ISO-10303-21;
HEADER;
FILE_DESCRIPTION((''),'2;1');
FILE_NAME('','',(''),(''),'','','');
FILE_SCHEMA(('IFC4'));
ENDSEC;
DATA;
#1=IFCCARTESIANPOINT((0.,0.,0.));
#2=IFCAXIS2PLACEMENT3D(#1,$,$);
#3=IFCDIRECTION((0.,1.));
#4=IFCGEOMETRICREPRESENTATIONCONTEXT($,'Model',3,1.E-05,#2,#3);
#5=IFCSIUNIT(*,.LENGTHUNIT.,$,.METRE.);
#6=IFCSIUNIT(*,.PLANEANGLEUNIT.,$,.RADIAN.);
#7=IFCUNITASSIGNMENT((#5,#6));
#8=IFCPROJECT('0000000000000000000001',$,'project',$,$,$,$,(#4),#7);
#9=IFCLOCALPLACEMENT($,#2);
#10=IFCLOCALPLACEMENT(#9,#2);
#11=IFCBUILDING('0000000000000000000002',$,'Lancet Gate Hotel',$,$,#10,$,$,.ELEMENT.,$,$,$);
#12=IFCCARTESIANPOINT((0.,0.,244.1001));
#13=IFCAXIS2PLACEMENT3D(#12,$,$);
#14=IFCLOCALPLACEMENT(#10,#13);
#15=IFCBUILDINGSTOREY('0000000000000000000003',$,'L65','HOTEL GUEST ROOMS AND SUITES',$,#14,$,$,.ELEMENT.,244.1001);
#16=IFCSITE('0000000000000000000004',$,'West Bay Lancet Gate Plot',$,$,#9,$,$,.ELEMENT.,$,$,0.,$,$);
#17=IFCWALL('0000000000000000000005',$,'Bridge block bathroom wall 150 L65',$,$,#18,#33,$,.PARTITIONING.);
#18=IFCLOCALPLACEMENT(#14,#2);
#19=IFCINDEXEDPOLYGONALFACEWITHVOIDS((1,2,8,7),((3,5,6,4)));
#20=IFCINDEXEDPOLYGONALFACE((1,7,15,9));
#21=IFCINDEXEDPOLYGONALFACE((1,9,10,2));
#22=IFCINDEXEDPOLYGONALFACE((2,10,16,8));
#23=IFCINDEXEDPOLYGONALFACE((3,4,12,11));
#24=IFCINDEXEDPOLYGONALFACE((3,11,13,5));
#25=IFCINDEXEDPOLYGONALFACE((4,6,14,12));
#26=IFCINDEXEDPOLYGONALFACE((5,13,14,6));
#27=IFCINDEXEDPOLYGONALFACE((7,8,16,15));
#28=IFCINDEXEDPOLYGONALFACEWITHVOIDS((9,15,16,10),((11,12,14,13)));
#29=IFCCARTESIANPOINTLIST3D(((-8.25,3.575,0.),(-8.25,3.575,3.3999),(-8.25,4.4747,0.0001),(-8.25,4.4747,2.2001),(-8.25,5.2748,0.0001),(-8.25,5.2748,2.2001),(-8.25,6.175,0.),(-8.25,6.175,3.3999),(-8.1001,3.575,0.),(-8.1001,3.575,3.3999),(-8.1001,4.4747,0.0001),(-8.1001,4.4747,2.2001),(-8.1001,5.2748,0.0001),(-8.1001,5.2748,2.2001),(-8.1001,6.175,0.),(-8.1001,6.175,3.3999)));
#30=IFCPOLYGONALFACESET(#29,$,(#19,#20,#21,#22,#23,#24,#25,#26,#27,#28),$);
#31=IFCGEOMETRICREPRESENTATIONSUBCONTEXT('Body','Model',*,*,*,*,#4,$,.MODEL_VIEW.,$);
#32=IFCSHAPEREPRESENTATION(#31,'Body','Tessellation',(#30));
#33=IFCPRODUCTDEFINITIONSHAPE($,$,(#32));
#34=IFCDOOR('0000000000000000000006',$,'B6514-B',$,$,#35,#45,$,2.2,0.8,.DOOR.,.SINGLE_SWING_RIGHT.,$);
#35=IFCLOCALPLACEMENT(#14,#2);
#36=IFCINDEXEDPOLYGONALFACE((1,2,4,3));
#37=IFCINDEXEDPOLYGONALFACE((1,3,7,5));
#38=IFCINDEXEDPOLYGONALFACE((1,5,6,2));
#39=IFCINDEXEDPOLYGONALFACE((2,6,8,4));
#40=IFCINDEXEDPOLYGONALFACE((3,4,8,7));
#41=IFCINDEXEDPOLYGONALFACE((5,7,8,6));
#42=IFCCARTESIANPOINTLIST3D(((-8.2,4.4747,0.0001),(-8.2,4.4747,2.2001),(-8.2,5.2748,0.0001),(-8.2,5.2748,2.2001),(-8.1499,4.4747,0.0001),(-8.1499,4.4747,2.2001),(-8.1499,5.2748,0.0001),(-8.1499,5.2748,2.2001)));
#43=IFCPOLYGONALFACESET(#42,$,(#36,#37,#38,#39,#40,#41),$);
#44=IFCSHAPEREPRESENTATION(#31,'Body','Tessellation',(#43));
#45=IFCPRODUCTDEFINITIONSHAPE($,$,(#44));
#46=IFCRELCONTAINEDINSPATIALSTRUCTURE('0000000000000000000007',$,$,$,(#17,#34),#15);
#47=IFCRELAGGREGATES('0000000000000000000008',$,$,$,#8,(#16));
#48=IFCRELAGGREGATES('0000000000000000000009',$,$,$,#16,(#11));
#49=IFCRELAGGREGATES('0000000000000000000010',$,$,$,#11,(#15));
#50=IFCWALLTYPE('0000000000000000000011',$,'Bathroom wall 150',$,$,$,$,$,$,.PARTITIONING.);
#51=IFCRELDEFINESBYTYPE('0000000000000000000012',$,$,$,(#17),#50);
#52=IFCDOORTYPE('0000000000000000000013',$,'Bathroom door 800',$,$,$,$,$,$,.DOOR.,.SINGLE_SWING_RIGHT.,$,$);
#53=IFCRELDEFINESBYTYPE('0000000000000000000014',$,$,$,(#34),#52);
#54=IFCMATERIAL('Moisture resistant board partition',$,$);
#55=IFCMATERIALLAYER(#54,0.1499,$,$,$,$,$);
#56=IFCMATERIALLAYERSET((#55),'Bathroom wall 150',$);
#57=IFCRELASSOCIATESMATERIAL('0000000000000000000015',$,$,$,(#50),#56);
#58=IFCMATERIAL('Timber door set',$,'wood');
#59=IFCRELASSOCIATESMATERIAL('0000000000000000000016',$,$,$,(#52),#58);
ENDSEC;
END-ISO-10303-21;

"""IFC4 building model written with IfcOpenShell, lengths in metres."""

from ifc_helpers import new_model, si_unit, direction, frame, frame_2d, origin, place, context, subcontext, project, spatial, rectangle, extrude, material, layer, layer_set, type_object, element, fill, save


model = new_model("IFC4")

# Units and contexts
model_context = context("Model", 3, precision=1e-05, world=origin(), true_north=direction((0.0, 1.0)))
body_context = subcontext(model_context, "Body", "Model", "MODEL_VIEW")
ifc_project = project(units=[si_unit("LENGTHUNIT", "METRE"), si_unit("PLANEANGLEUNIT", "RADIAN")], contexts=[model_context])

# Site, building, storey
site_placement = place(None, origin())
site = spatial("IfcSite", under=ifc_project, at=site_placement, Name="West Bay Lancet Gate Plot", CompositionType="ELEMENT", RefElevation=0.0)
building_placement = place(site_placement, origin())
building = spatial("IfcBuilding", under=site, at=building_placement, Name="Lancet Gate Hotel", CompositionType="ELEMENT")
storey_placement = place(building_placement, frame((0.0, 0.0, 244.1001)))
storey = spatial("IfcBuildingStorey", under=building, at=storey_placement, Name="L65", Description="HOTEL GUEST ROOMS AND SUITES", CompositionType="ELEMENT", Elevation=244.1001)

# Wall, opening, door
ifc_material_1 = material(Name="Moisture resistant board partition")
ifc_layer_1 = layer(ifc_material_1, 0.1499)
ifc_layer_set_1 = layer_set([ifc_layer_1], Name="Bathroom wall 150")
wall_type = type_object("IfcWallType", Name="Bathroom wall 150", PredefinedType="PARTITIONING", material=ifc_layer_set_1)
wall_placement = place(storey_placement, frame((-8.175, 3.575, 0.0), z_axis=(0.0, 0.0, 1.0), x_axis=(0.0, 1.0, 0.0)))
wall = element("IfcWall", 1, at=wall_placement, inside=storey, type_object=wall_type, Name="Bridge block bathroom wall 150 L65", PredefinedType="PARTITIONING", context=body_context, shape_type="SweptSolid", body=[
    extrude(rectangle(XDim=2.6001, YDim=0.1499, at=frame_2d((1.3, 0.0))), origin(), (0.0, 0.0, 1.0), 3.3999),
])
opening_placement = place(wall_placement, frame((0.8999, 0.0, 0.0)))
opening = element("IfcOpeningElement", 2, at=opening_placement, cuts=wall, PredefinedType="OPENING", context=body_context, shape_type="SweptSolid", body=[
    extrude(rectangle(XDim=0.8, YDim=2.2, at=frame_2d((0.3999, 1.1001))), frame((0.0, 0.085, 0.0), z_axis=(0.0, -1.0, 0.0), x_axis=(1.0, 0.0, 0.0)), (0.0, 0.0, 1.0), 0.1699),
])
ifc_material_2 = material(Name="Timber door set", Category="wood")
door_type = type_object("IfcDoorType", Name="Bathroom door 800", OperationType="SINGLE_SWING_RIGHT", PredefinedType="DOOR", material=ifc_material_2)
door_placement = place(opening_placement, origin())
door = element("IfcDoor", 3, at=door_placement, inside=storey, type_object=door_type, Name="B6514-B", OperationType="SINGLE_SWING_RIGHT", OverallHeight=2.2, OverallWidth=0.8, PredefinedType="DOOR", context=body_context, shape_type="SweptSolid", body=[
    extrude(rectangle(XDim=0.8, YDim=2.2, at=frame_2d((0.3999, 1.1001))), frame((0.0, 0.0249, 0.0), z_axis=(0.0, -1.0, 0.0), x_axis=(1.0, 0.0, 0.0)), (0.0, 0.0, 1.0), 0.05),
])
fill(opening, door)

save(model, "model.ifc")
